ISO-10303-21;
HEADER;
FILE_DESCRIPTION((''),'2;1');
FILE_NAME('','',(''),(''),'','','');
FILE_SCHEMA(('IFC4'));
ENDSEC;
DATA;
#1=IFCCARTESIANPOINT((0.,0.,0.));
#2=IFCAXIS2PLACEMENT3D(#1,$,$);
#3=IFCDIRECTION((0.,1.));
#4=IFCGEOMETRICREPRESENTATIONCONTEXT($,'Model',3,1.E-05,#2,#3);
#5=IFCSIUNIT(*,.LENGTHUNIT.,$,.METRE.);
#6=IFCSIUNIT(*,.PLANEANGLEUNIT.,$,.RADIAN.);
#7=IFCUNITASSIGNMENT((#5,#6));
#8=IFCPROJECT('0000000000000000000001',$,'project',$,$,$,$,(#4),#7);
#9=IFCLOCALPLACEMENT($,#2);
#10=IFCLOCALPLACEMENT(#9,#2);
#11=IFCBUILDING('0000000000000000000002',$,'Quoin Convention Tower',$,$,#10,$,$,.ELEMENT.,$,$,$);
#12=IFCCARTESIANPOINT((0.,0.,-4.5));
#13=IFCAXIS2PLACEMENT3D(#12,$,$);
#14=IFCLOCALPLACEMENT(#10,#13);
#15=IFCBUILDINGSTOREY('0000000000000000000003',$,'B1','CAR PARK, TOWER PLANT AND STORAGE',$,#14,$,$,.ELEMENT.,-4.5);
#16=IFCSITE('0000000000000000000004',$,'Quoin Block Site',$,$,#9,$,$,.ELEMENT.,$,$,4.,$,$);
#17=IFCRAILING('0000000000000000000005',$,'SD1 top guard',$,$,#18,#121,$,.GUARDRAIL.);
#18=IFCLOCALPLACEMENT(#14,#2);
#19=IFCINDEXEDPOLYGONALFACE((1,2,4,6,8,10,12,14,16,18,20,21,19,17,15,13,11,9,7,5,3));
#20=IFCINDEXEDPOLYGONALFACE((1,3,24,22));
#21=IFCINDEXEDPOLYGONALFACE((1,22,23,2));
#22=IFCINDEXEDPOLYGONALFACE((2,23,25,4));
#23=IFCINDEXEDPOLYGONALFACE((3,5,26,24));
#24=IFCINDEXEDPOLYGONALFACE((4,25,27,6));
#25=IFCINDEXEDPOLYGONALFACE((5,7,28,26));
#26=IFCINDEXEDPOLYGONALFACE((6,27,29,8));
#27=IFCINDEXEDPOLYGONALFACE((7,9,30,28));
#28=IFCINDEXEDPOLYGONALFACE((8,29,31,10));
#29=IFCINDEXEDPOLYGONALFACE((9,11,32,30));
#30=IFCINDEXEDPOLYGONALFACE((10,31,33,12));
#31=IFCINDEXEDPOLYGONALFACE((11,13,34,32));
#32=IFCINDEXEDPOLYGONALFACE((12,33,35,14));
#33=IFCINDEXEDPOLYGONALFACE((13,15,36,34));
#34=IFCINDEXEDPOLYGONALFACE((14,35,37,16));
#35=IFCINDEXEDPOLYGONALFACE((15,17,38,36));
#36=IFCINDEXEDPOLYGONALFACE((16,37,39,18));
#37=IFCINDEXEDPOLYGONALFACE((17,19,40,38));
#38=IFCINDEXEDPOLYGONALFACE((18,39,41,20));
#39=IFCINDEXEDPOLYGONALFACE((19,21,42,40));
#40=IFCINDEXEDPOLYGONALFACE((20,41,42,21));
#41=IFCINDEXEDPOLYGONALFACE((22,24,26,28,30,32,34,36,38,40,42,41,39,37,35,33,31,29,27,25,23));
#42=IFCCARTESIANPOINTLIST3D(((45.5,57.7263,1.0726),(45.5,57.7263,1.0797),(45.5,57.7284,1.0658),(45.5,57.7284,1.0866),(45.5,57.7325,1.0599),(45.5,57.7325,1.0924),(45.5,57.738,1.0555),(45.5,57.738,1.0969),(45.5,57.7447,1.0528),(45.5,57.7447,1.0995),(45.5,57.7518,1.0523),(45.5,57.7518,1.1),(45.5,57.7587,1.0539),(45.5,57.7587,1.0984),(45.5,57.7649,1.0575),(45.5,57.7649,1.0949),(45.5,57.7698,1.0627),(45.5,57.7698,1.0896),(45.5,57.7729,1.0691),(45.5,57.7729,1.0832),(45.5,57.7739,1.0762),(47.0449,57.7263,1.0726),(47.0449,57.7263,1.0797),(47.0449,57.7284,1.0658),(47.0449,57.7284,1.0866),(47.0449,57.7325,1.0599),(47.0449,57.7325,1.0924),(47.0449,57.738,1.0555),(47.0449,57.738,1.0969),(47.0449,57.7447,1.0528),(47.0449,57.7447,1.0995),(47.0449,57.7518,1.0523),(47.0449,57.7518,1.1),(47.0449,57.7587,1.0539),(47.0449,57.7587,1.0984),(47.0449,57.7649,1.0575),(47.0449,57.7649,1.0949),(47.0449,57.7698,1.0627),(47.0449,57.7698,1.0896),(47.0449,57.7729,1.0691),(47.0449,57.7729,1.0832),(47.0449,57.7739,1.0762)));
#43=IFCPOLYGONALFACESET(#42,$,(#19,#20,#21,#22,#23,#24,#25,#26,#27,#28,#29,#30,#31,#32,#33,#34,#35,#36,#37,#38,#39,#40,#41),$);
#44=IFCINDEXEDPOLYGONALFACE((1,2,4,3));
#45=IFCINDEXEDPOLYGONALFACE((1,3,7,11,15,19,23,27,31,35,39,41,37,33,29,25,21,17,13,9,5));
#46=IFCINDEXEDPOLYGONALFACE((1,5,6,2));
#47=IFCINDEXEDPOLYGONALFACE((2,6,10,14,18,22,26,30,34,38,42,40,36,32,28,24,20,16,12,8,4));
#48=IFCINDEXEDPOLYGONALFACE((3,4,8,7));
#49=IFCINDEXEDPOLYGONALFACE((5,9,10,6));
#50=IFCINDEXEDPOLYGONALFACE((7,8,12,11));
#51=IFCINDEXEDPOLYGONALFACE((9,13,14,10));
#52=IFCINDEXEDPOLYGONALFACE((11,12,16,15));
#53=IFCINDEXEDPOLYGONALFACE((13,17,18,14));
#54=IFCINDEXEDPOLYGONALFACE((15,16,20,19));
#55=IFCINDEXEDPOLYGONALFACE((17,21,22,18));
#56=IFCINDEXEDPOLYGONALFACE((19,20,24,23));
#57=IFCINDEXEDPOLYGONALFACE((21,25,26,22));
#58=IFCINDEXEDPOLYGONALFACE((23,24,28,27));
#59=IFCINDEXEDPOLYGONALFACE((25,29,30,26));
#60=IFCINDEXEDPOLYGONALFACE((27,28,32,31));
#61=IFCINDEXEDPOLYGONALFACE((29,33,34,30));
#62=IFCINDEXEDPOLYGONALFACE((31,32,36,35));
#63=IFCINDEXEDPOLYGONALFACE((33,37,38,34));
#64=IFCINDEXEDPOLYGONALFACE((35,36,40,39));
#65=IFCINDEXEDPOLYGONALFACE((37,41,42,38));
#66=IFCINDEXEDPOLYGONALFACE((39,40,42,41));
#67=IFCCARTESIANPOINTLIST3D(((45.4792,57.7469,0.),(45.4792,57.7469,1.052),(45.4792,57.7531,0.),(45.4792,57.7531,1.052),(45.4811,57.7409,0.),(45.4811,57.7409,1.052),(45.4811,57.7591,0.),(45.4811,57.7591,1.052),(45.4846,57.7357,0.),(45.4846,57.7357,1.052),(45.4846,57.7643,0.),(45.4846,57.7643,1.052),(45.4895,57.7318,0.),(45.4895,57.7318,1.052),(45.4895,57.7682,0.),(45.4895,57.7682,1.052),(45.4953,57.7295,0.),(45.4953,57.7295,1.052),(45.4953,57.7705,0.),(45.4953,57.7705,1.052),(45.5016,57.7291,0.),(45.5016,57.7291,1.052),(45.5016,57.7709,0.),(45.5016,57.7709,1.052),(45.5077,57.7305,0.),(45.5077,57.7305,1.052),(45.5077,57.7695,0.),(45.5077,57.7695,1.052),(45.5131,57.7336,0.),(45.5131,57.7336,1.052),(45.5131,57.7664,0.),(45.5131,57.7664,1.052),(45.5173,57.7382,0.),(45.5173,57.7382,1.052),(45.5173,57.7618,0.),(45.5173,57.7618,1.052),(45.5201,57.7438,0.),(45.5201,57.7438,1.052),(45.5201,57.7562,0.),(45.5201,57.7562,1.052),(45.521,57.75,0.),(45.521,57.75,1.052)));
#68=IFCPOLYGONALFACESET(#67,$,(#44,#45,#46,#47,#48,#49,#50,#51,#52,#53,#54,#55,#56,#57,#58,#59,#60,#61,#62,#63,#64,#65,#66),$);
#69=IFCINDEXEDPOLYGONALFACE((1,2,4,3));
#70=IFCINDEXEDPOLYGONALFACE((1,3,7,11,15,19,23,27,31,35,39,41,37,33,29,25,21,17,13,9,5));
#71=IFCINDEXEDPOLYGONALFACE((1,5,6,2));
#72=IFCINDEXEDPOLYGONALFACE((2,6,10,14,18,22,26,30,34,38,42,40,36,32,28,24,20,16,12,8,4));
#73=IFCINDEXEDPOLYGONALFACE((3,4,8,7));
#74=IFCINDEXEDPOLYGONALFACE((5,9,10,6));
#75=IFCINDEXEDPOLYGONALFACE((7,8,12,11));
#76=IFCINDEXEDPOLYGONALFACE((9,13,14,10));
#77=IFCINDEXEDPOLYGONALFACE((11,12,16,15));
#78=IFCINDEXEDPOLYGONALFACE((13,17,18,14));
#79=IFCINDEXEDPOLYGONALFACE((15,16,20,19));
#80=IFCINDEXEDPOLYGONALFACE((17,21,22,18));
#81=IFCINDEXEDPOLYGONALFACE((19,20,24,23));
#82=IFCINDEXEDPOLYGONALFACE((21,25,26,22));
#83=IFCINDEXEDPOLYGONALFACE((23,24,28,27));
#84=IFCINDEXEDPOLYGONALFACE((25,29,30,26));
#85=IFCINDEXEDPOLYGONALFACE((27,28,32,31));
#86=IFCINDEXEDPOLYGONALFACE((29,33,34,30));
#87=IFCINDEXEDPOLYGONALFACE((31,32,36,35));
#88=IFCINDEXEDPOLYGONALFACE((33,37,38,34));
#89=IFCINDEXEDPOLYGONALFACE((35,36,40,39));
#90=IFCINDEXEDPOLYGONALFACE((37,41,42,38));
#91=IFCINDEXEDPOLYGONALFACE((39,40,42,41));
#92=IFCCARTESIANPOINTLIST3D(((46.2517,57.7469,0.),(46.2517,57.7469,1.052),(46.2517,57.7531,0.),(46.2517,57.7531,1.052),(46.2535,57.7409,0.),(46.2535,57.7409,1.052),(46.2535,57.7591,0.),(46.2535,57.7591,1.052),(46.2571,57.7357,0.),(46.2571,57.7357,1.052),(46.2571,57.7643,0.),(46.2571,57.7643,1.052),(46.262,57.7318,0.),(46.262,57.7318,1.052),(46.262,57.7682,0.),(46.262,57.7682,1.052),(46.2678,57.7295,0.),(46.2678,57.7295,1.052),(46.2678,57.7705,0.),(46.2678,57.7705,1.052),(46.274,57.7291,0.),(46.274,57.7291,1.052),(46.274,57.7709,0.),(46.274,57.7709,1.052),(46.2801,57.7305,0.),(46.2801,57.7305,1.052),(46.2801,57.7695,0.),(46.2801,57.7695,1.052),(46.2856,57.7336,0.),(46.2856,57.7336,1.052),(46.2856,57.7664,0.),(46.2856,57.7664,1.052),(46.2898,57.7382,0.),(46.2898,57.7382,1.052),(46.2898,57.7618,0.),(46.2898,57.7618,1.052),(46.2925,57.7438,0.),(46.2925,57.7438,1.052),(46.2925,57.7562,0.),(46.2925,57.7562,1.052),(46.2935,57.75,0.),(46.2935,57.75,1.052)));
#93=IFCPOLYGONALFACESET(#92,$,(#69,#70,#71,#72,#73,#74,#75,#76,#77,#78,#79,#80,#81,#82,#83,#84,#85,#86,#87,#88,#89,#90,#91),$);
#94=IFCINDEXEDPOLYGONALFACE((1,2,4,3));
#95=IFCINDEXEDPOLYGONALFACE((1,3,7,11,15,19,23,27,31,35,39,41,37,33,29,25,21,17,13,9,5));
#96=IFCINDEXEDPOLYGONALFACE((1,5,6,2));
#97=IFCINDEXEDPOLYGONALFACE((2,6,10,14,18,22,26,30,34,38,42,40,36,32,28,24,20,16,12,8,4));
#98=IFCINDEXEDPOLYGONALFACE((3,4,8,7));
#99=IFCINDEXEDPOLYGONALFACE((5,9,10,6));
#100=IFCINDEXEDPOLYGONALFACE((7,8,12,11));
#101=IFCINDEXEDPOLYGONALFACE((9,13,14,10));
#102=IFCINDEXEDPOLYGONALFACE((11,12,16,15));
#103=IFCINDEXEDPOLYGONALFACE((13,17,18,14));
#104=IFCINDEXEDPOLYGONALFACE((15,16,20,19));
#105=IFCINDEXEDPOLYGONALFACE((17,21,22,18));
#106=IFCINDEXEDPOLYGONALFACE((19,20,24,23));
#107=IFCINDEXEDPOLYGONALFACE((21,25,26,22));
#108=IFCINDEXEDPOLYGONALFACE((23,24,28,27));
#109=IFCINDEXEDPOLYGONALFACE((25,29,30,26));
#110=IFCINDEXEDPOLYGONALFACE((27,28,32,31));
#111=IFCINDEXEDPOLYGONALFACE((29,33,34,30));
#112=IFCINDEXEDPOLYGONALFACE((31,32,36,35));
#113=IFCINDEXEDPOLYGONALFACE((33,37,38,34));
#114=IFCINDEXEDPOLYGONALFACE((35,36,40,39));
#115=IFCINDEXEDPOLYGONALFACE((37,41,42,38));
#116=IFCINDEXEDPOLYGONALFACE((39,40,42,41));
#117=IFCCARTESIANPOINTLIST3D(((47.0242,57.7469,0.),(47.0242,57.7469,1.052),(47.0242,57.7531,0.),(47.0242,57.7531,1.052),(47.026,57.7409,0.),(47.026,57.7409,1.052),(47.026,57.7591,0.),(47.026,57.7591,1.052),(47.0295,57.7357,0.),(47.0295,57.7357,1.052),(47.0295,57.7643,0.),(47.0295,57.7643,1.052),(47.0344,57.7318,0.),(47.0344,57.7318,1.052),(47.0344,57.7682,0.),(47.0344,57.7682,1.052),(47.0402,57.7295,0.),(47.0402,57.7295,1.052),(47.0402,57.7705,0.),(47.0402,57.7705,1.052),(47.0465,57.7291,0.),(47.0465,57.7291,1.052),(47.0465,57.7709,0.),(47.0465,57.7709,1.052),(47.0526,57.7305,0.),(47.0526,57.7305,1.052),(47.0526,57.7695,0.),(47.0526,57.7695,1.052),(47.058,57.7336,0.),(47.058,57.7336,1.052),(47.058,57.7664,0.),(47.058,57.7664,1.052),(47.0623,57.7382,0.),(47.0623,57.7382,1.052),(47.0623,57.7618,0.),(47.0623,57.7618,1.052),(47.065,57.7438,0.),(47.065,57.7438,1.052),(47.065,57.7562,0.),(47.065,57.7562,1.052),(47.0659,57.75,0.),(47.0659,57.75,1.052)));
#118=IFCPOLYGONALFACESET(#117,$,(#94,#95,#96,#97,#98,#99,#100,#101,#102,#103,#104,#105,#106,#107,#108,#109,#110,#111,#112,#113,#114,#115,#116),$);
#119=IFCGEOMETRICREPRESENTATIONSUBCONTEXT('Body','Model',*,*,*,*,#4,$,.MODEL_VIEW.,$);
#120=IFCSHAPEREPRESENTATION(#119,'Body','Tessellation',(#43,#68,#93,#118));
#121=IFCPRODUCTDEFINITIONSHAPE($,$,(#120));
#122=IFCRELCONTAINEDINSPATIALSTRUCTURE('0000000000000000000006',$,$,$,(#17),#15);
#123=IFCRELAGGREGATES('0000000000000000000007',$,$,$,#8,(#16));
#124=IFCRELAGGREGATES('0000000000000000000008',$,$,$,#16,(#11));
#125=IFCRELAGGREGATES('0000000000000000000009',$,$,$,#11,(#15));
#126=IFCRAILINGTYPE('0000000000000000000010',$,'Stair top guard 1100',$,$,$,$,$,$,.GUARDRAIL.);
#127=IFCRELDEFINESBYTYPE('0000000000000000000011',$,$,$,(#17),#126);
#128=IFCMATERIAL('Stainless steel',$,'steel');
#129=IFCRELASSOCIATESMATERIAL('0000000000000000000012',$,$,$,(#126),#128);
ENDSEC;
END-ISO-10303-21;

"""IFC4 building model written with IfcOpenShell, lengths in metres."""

from ifc_helpers import new_model, si_unit, direction, frame, origin, origin_2d, place, context, subcontext, project, spatial, circle, extrude, material, type_object, element, save


model = new_model("IFC4")

# Units and contexts
model_context = context("Model", 3, precision=1e-05, world=origin(), true_north=direction((0.0, 1.0)))
body_context = subcontext(model_context, "Body", "Model", "MODEL_VIEW")
ifc_project = project(units=[si_unit("LENGTHUNIT", "METRE"), si_unit("PLANEANGLEUNIT", "RADIAN")], contexts=[model_context])

# Site, building, storey
site_placement = place(None, origin())
site = spatial("IfcSite", under=ifc_project, at=site_placement, Name="Quoin Block Site", CompositionType="ELEMENT", RefElevation=4.0)
building_placement = place(site_placement, origin())
building = spatial("IfcBuilding", under=site, at=building_placement, Name="Quoin Convention Tower", CompositionType="ELEMENT")
storey_placement = place(building_placement, frame((0.0, 0.0, -4.5)))
storey = spatial("IfcBuildingStorey", under=building, at=storey_placement, Name="B1", Description="CAR PARK, TOWER PLANT AND STORAGE", CompositionType="ELEMENT", Elevation=-4.5)

# Railing
ifc_material_1 = material(Name="Stainless steel", Category="steel")
railing_type_1 = type_object("IfcRailingType", Name="Stair top guard 1100", PredefinedType="GUARDRAIL", material=ifc_material_1)
railing_1_placement = place(storey_placement, frame((45.5, 57.75, 0.0)))
element("IfcRailing", 1, at=railing_1_placement, inside=storey, type_object=railing_type_1, Name="SD1 top guard", PredefinedType="GUARDRAIL", context=body_context, shape_type="SweptSolid", body=[
    extrude(circle(Radius=0.0239, at=origin_2d()), frame((0.0, 0.0, 1.0762), z_axis=(1.0, 0.0, 0.0), x_axis=(0.0, 1.0, 0.0)), (0.0, 0.0, 1.0), 1.5449),
    extrude(circle(Radius=0.021, at=origin_2d()), origin(), (0.0, 0.0, 1.0), 1.052),
    extrude(circle(Radius=0.021, at=origin_2d()), frame((0.7725, 0.0, 0.0)), (0.0, 0.0, 1.0), 1.052),
    extrude(circle(Radius=0.021, at=origin_2d()), frame((1.5449, 0.0, 0.0)), (0.0, 0.0, 1.0), 1.052),
])

save(model, "model.ifc")
